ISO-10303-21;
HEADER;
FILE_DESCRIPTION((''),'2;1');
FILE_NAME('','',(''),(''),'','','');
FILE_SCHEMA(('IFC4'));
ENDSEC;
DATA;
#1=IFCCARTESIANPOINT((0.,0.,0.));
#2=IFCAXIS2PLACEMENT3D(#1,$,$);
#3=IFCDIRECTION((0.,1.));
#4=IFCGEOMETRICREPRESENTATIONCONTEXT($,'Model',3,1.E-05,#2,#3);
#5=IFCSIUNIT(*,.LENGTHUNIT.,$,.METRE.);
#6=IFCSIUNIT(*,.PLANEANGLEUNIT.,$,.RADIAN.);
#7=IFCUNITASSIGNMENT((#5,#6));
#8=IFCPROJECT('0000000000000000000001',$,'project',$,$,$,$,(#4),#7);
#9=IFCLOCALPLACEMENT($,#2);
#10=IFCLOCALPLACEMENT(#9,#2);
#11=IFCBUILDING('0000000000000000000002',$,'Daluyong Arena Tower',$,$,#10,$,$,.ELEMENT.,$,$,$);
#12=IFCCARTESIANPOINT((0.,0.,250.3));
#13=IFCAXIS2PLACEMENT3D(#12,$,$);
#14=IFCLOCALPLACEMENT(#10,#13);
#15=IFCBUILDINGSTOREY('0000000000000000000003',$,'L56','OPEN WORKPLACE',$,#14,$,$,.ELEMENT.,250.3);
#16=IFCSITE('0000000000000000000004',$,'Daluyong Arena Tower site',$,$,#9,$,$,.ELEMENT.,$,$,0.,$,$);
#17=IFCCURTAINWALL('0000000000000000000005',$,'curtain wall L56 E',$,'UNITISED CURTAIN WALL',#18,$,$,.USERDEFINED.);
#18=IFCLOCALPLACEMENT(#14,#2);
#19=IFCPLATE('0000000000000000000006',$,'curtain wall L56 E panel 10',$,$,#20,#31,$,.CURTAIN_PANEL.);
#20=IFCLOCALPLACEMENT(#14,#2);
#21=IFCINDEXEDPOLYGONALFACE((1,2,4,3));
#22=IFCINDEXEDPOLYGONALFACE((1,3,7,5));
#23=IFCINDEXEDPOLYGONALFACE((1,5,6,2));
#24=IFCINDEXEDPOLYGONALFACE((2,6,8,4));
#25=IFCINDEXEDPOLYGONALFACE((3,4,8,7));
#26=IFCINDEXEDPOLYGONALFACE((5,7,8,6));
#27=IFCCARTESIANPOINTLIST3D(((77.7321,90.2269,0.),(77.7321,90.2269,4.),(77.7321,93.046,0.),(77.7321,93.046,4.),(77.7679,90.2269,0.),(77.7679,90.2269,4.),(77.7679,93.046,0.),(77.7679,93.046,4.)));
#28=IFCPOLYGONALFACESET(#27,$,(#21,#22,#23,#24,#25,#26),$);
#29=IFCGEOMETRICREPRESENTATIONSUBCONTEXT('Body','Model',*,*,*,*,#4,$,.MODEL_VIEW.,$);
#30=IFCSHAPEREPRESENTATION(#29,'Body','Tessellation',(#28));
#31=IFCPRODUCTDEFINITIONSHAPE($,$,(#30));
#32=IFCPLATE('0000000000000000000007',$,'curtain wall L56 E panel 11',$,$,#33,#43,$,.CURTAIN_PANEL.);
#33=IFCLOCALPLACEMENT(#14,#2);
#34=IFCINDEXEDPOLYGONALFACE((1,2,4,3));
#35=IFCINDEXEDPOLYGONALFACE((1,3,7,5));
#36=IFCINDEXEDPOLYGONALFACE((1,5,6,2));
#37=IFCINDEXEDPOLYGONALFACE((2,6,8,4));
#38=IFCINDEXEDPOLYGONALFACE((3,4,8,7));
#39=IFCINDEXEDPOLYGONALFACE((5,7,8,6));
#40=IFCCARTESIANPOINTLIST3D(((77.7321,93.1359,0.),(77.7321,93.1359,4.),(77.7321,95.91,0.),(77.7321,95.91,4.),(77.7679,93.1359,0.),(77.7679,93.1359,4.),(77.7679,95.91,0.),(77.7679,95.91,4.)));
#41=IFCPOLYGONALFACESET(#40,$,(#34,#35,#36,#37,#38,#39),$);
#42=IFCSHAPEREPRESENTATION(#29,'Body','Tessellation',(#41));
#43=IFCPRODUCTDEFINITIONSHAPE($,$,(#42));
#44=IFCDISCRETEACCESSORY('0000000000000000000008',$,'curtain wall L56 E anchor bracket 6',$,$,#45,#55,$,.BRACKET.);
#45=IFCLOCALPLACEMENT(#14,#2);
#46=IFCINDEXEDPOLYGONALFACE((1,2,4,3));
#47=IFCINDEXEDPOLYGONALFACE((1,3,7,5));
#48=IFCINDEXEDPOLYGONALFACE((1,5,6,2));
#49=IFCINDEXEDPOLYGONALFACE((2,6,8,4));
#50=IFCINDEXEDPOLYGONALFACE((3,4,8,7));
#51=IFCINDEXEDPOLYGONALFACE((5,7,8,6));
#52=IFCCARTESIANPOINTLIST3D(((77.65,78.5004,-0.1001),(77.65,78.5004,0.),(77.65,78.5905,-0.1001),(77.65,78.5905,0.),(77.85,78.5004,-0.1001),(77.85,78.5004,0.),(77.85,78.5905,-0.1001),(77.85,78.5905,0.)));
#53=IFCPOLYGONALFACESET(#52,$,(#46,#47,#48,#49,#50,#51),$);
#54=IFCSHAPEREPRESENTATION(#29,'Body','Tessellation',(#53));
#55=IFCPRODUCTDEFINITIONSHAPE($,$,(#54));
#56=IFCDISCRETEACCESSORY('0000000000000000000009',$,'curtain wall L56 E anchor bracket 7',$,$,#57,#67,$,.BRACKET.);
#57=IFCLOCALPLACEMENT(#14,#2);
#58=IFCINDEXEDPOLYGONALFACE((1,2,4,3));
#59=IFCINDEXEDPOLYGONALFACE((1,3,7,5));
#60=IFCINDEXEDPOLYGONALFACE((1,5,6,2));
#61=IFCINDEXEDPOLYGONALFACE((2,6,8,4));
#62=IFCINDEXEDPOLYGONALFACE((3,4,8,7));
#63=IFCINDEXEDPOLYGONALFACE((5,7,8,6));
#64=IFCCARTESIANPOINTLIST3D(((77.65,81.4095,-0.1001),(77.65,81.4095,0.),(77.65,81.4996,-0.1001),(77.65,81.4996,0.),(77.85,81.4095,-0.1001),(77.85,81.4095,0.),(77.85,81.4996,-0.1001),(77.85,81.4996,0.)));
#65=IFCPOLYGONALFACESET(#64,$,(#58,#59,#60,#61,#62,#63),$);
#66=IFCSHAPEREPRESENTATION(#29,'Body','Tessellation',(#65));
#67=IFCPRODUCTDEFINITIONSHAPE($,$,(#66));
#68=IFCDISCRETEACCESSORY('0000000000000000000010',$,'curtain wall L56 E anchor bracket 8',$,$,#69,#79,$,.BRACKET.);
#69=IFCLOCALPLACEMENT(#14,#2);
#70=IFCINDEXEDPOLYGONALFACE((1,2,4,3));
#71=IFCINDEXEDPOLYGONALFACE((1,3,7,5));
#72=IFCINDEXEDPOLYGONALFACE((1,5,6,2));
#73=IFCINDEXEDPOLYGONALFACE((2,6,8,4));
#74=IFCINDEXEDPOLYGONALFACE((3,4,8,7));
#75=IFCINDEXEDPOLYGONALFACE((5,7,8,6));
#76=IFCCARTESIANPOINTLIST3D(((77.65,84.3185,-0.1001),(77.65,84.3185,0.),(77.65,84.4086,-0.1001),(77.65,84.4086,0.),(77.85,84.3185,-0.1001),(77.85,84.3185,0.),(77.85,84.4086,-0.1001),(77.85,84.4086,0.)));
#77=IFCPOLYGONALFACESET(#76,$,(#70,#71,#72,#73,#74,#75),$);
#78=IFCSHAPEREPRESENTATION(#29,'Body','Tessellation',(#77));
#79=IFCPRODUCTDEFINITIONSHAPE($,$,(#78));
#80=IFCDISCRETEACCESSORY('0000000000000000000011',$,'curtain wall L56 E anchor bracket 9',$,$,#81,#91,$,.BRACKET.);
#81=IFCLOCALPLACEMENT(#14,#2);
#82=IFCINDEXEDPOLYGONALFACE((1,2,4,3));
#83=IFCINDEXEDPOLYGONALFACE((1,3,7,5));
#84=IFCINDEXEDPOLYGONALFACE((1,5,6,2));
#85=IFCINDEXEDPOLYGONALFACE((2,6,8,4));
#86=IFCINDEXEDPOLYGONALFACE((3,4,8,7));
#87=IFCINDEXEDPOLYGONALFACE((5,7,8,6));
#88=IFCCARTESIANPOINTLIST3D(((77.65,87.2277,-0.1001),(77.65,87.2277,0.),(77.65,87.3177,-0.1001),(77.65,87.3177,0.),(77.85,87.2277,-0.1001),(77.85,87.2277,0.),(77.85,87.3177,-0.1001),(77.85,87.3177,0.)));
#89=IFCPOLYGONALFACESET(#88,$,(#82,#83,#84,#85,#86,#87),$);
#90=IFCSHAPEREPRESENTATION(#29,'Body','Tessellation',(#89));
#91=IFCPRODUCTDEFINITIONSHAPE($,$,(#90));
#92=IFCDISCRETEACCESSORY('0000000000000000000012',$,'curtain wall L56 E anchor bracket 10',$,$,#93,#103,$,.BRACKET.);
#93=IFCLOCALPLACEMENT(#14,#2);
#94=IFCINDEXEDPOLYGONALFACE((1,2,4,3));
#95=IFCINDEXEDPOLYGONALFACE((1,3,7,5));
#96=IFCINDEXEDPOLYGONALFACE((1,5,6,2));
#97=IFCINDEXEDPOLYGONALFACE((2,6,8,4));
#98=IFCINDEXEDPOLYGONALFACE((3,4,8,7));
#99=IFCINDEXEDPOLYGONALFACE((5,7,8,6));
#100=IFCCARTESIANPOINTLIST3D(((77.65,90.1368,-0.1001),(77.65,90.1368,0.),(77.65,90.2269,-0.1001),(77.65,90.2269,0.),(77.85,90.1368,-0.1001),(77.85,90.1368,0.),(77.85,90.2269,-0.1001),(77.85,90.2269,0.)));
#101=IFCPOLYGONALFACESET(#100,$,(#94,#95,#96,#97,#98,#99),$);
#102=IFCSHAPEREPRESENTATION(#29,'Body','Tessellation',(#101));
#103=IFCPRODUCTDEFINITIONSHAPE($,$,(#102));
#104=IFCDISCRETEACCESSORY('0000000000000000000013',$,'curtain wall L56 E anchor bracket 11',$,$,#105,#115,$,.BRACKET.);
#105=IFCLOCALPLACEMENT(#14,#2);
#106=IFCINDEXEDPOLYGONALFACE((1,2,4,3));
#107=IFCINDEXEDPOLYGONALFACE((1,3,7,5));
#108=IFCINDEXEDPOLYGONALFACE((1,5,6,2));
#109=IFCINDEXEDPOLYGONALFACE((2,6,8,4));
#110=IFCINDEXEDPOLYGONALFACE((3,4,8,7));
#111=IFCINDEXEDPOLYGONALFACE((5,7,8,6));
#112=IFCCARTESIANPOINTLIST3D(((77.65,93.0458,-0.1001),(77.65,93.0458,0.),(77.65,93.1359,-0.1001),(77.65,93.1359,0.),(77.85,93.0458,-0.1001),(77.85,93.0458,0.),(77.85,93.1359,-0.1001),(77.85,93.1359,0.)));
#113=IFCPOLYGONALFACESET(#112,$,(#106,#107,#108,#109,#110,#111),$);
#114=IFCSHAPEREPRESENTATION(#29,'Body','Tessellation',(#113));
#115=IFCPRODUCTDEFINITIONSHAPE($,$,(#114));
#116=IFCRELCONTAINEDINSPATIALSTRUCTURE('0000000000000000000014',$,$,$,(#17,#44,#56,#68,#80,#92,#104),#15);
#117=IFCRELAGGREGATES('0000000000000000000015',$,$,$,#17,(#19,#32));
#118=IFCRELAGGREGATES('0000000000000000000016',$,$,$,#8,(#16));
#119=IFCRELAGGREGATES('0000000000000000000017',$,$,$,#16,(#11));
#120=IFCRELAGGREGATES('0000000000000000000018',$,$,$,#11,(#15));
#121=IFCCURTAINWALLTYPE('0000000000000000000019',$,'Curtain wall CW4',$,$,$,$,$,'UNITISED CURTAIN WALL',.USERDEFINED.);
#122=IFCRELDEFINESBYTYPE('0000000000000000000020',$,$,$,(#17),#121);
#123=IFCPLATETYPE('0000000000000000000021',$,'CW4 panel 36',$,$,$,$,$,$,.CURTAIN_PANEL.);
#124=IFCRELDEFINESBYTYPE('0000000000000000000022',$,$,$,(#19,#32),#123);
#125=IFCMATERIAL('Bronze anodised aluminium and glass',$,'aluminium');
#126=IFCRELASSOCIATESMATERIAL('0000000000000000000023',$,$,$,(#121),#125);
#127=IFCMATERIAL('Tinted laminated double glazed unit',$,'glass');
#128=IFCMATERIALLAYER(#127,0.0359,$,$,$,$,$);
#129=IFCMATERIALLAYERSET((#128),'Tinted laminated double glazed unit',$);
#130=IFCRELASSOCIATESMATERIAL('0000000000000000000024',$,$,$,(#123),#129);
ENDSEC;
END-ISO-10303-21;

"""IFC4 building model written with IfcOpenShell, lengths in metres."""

from ifc_helpers import new_model, si_unit, direction, frame, origin, origin_2d, place, context, subcontext, project, spatial, rectangle, extrude, material, layer, layer_set, type_object, element, aggregate, save


model = new_model("IFC4")

# Units and contexts
model_context = context("Model", 3, precision=1e-05, world=origin(), true_north=direction((0.0, 1.0)))
body_context = subcontext(model_context, "Body", "Model", "MODEL_VIEW")
ifc_project = project(units=[si_unit("LENGTHUNIT", "METRE"), si_unit("PLANEANGLEUNIT", "RADIAN")], contexts=[model_context])

# Site, building, storey
site_placement = place(None, origin())
site = spatial("IfcSite", under=ifc_project, at=site_placement, Name="Daluyong Arena Tower site", CompositionType="ELEMENT", RefElevation=0.0)
building_placement = place(site_placement, origin())
building = spatial("IfcBuilding", under=site, at=building_placement, Name="Daluyong Arena Tower", CompositionType="ELEMENT")
storey_placement = place(building_placement, frame((0.0, 0.0, 250.3)))
storey = spatial("IfcBuildingStorey", under=building, at=storey_placement, Name="L56", Description="OPEN WORKPLACE", CompositionType="ELEMENT", Elevation=250.3)

# Curtain wall
ifc_material_1 = material(Name="Bronze anodised aluminium and glass", Category="aluminium")
curtain_wall_type = type_object("IfcCurtainWallType", Name="Curtain wall CW4", ElementType="UNITISED CURTAIN WALL", PredefinedType="USERDEFINED", material=ifc_material_1)
curtain_wall_placement = place(storey_placement, origin())
curtain_wall = element("IfcCurtainWall", 1, at=curtain_wall_placement, inside=storey, type_object=curtain_wall_type, Name="curtain wall L56 E", ObjectType="UNITISED CURTAIN WALL", PredefinedType="USERDEFINED")

# Plates
ifc_material_2 = material(Name="Tinted laminated double glazed unit", Category="glass")
ifc_layer = layer(ifc_material_2, 0.0359)
ifc_layer_set = layer_set([ifc_layer], Name="Tinted laminated double glazed unit")
plate_type = type_object("IfcPlateType", Name="CW4 panel 36", PredefinedType="CURTAIN_PANEL", material=ifc_layer_set)
plate_1_placement = place(storey_placement, frame((77.75, 91.6365, 0.0), z_axis=(0.0, 0.0, 1.0), x_axis=(0.0, 1.0, 0.0)))
plate_1 = element("IfcPlate", 2, at=plate_1_placement, type_object=plate_type, Name="curtain wall L56 E panel 10", PredefinedType="CURTAIN_PANEL", context=body_context, shape_type="SweptSolid", body=[
    extrude(rectangle(XDim=2.8191, YDim=0.0359, at=origin_2d()), origin(), (0.0, 0.0, 1.0), 4.0),
])
plate_2_placement = place(storey_placement, frame((77.75, 94.5229, 0.0), z_axis=(0.0, 0.0, 1.0), x_axis=(0.0, 1.0, 0.0)))
plate_2 = element("IfcPlate", 3, at=plate_2_placement, type_object=plate_type, Name="curtain wall L56 E panel 11", PredefinedType="CURTAIN_PANEL", context=body_context, shape_type="SweptSolid", body=[
    extrude(rectangle(XDim=2.7742, YDim=0.0359, at=origin_2d()), origin(), (0.0, 0.0, 1.0), 4.0),
])
aggregate(curtain_wall, [plate_1, plate_2])

# Discrete accessories
for number, where, z_axis, x_axis, name in (
    (4, (77.75, 78.5454, -0.1001), (0.0, 0.0, 1.0), (0.0, 1.0, 0.0), "curtain wall L56 E anchor bracket 6"),
    (5, (77.75, 81.4546, -0.1001), (0.0, 0.0, 1.0), (0.0, 1.0, 0.0), "curtain wall L56 E anchor bracket 7"),
    (6, (77.75, 84.3635, -0.1001), (0.0, 0.0, 1.0), (0.0, 1.0, 0.0), "curtain wall L56 E anchor bracket 8"),
    (7, (77.75, 87.2727, -0.1001), (0.0, 0.0, 1.0), (0.0, 1.0, 0.0), "curtain wall L56 E anchor bracket 9"),
    (8, (77.75, 90.1819, -0.1001), (0.0, 0.0, 1.0), (0.0, 1.0, 0.0), "curtain wall L56 E anchor bracket 10"),
    (9, (77.75, 93.0908, -0.1001), (0.0, 0.0, 1.0), (0.0, 1.0, 0.0), "curtain wall L56 E anchor bracket 11"),
):
    element("IfcDiscreteAccessory", number, at=place(storey_placement, frame(where, z_axis=z_axis, x_axis=x_axis)), inside=storey, Name=name, PredefinedType="BRACKET", context=body_context, shape_type="SweptSolid", body=[
        extrude(rectangle(XDim=0.0901, YDim=0.2, at=origin_2d()), origin(), (0.0, 0.0, 1.0), 0.1001),
    ])

save(model, "model.ifc")
